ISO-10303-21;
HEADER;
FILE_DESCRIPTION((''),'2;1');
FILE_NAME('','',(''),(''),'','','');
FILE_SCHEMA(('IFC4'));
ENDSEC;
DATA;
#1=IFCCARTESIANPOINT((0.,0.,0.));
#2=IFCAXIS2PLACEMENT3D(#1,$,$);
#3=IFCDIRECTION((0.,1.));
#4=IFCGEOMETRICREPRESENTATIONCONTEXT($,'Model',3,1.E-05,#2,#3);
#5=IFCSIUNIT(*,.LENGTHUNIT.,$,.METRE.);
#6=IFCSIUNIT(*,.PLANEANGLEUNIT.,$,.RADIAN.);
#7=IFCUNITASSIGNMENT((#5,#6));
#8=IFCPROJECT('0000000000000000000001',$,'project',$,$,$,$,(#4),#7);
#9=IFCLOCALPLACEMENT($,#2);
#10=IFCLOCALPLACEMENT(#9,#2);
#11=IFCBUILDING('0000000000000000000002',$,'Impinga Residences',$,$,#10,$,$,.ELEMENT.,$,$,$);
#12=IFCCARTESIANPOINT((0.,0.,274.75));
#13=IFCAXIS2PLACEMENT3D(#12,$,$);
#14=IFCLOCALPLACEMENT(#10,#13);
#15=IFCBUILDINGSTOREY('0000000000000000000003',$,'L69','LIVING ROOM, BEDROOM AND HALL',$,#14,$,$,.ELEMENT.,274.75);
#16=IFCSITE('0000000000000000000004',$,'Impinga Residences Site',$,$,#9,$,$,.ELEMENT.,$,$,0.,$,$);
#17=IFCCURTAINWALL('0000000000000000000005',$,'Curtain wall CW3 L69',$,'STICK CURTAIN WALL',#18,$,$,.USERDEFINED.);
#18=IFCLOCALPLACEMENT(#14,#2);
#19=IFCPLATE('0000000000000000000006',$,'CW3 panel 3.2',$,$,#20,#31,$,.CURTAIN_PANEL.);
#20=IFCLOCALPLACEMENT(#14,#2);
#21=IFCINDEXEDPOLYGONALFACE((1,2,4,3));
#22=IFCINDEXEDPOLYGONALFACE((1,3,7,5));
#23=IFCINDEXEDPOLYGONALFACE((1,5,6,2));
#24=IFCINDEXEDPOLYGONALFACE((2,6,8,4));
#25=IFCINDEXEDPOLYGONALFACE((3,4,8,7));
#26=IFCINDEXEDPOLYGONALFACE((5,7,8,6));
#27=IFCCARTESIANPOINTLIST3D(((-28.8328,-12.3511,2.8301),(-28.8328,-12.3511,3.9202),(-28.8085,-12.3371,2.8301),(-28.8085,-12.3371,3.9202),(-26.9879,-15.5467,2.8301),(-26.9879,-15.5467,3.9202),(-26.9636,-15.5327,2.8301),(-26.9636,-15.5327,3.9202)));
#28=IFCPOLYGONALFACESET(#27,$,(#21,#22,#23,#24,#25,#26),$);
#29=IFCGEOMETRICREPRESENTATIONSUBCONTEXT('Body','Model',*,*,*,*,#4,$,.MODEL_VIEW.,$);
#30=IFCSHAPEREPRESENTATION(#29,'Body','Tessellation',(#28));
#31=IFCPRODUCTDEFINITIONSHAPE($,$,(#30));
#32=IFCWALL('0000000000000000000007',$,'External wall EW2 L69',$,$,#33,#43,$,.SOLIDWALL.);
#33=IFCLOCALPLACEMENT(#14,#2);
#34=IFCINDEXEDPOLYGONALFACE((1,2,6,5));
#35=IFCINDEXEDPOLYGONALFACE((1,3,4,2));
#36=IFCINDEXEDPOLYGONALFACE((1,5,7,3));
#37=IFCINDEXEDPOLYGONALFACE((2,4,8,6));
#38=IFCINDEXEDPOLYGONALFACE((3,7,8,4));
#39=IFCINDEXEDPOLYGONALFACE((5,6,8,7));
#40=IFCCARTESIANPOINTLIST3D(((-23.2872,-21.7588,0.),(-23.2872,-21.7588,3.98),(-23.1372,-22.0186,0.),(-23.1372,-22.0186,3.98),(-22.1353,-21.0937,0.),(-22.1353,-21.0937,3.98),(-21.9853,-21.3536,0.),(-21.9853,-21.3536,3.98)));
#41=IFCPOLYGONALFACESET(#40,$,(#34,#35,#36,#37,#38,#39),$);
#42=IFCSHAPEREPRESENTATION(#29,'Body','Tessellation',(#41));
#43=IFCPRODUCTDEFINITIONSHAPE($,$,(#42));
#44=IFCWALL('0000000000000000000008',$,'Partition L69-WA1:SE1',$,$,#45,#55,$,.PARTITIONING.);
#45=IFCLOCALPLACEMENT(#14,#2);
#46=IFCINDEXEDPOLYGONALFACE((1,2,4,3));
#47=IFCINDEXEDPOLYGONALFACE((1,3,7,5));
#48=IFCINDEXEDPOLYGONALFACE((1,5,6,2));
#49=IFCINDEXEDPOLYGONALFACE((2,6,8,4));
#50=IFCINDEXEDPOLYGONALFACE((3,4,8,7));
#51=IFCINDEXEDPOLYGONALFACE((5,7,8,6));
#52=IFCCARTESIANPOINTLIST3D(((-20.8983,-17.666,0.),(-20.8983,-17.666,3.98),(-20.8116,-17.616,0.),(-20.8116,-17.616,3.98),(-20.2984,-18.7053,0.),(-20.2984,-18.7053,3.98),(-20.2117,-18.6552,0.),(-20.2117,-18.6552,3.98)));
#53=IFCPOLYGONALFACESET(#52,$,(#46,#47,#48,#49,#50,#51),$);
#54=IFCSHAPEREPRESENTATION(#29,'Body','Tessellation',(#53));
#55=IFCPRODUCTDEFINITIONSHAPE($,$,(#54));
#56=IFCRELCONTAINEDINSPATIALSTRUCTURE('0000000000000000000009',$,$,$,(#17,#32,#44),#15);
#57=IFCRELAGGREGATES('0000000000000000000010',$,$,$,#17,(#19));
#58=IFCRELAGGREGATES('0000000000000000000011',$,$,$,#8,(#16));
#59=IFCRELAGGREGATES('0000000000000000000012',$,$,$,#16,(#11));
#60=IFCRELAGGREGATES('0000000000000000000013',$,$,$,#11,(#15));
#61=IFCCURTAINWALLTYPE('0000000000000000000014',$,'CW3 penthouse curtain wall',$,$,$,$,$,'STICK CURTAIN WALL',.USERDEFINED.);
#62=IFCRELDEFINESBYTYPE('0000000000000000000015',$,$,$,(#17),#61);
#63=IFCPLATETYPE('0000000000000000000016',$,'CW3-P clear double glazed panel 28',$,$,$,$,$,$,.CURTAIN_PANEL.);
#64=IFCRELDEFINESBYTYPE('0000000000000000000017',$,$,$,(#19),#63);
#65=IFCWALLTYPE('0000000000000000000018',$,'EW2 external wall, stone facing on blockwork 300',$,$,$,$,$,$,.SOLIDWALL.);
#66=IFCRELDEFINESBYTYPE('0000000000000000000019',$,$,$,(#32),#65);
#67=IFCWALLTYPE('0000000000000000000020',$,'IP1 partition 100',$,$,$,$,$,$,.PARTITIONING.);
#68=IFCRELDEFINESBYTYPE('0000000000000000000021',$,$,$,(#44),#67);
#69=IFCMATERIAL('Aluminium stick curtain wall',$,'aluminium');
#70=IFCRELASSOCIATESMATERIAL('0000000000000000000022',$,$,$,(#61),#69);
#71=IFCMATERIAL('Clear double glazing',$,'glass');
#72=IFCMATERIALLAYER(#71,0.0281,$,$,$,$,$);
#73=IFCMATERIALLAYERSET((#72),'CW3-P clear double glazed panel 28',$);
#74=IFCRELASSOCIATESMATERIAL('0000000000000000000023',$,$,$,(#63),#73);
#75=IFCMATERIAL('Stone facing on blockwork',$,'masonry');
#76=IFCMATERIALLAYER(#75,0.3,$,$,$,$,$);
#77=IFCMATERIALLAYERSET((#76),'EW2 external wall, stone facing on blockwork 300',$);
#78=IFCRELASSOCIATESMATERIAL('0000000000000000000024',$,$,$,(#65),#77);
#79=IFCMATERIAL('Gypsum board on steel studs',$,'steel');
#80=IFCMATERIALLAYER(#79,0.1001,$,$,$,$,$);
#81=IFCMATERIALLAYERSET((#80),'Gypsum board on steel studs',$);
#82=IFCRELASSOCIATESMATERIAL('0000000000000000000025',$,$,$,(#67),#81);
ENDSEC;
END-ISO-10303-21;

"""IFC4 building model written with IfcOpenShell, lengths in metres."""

from ifc_helpers import new_model, si_unit, direction, frame, frame_2d, origin, origin_2d, place, context, subcontext, project, spatial, rectangle, extrude, material, layer, layer_set, type_object, element, aggregate, save


model = new_model("IFC4")

# Units and contexts
model_context = context("Model", 3, precision=1e-05, world=origin(), true_north=direction((0.0, 1.0)))
body_context = subcontext(model_context, "Body", "Model", "MODEL_VIEW")
ifc_project = project(units=[si_unit("LENGTHUNIT", "METRE"), si_unit("PLANEANGLEUNIT", "RADIAN")], contexts=[model_context])

# Site, building, storey
site_placement = place(None, origin())
site = spatial("IfcSite", under=ifc_project, at=site_placement, Name="Impinga Residences Site", CompositionType="ELEMENT", RefElevation=0.0)
building_placement = place(site_placement, origin())
building = spatial("IfcBuilding", under=site, at=building_placement, Name="Impinga Residences", CompositionType="ELEMENT")
storey_placement = place(building_placement, frame((0.0, 0.0, 274.75)))
storey = spatial("IfcBuildingStorey", under=building, at=storey_placement, Name="L69", Description="LIVING ROOM, BEDROOM AND HALL", CompositionType="ELEMENT", Elevation=274.75)

# Curtain wall
ifc_material_1 = material(Name="Aluminium stick curtain wall", Category="aluminium")
curtain_wall_type = type_object("IfcCurtainWallType", Name="CW3 penthouse curtain wall", ElementType="STICK CURTAIN WALL", PredefinedType="USERDEFINED", material=ifc_material_1)
curtain_wall_1_placement = place(storey_placement, origin())
curtain_wall_1 = element("IfcCurtainWall", 1, at=curtain_wall_1_placement, inside=storey, type_object=curtain_wall_type, Name="Curtain wall CW3 L69", ObjectType="STICK CURTAIN WALL", PredefinedType="USERDEFINED")

# Plate
ifc_material_2 = material(Name="Clear double glazing", Category="glass")
ifc_layer_1 = layer(ifc_material_2, 0.0281)
ifc_layer_set_1 = layer_set([ifc_layer_1], Name="CW3-P clear double glazed panel 28")
plate_type = type_object("IfcPlateType", Name="CW3-P clear double glazed panel 28", PredefinedType="CURTAIN_PANEL", material=ifc_layer_set_1)
plate_1_placement = place(storey_placement, frame((-27.8982, -13.9419, 2.8301), z_axis=(0.0, 0.0, 1.0), x_axis=(-0.5, 0.866025, 0.0)))
plate_1 = element("IfcPlate", 2, at=plate_1_placement, type_object=plate_type, Name="CW3 panel 3.2", PredefinedType="CURTAIN_PANEL", context=body_context, shape_type="SweptSolid", body=[
    extrude(rectangle(XDim=3.6899, YDim=0.0281, at=origin_2d()), origin(), (0.0, 0.0, 1.0), 1.0901),
])
aggregate(curtain_wall_1, [plate_1])

# Walls
ifc_material_3 = material(Name="Stone facing on blockwork", Category="masonry")
ifc_layer_2 = layer(ifc_material_3, 0.3)
ifc_layer_set_2 = layer_set([ifc_layer_2], Name="EW2 external wall, stone facing on blockwork 300")
wall_type_1 = type_object("IfcWallType", Name="EW2 external wall, stone facing on blockwork 300", PredefinedType="SOLIDWALL", material=ifc_layer_set_2)
wall_1_placement = place(storey_placement, frame((-22.0603, -21.2236, 0.0), z_axis=(0.0, 0.0, 1.0), x_axis=(-0.866021, -0.500008, 0.0)))
element("IfcWall", 3, at=wall_1_placement, inside=storey, type_object=wall_type_1, Name="External wall EW2 L69", PredefinedType="SOLIDWALL", context=body_context, shape_type="SweptSolid", body=[
    extrude(rectangle(XDim=1.3301, YDim=0.3, at=frame_2d((0.665, 0.0))), origin(), (0.0, 0.0, 1.0), 3.98),
])
ifc_material_4 = material(Name="Gypsum board on steel studs", Category="steel")
ifc_layer_3 = layer(ifc_material_4, 0.1001)
ifc_layer_set_3 = layer_set([ifc_layer_3], Name="Gypsum board on steel studs")
wall_type_2 = type_object("IfcWallType", Name="IP1 partition 100", PredefinedType="PARTITIONING", material=ifc_layer_set_3)
wall_2_placement = place(storey_placement, frame((-20.855, -17.6409, 0.0), z_axis=(0.0, 0.0, 1.0), x_axis=(0.499881, -0.866094, 0.0)))
element("IfcWall", 4, at=wall_2_placement, inside=storey, type_object=wall_type_2, Name="Partition L69-WA1:SE1", PredefinedType="PARTITIONING", context=body_context, shape_type="SweptSolid", body=[
    extrude(rectangle(XDim=1.2, YDim=0.1001, at=frame_2d((0.6001, 0.0))), origin(), (0.0, 0.0, 1.0), 3.98),
])

save(model, "model.ifc")
